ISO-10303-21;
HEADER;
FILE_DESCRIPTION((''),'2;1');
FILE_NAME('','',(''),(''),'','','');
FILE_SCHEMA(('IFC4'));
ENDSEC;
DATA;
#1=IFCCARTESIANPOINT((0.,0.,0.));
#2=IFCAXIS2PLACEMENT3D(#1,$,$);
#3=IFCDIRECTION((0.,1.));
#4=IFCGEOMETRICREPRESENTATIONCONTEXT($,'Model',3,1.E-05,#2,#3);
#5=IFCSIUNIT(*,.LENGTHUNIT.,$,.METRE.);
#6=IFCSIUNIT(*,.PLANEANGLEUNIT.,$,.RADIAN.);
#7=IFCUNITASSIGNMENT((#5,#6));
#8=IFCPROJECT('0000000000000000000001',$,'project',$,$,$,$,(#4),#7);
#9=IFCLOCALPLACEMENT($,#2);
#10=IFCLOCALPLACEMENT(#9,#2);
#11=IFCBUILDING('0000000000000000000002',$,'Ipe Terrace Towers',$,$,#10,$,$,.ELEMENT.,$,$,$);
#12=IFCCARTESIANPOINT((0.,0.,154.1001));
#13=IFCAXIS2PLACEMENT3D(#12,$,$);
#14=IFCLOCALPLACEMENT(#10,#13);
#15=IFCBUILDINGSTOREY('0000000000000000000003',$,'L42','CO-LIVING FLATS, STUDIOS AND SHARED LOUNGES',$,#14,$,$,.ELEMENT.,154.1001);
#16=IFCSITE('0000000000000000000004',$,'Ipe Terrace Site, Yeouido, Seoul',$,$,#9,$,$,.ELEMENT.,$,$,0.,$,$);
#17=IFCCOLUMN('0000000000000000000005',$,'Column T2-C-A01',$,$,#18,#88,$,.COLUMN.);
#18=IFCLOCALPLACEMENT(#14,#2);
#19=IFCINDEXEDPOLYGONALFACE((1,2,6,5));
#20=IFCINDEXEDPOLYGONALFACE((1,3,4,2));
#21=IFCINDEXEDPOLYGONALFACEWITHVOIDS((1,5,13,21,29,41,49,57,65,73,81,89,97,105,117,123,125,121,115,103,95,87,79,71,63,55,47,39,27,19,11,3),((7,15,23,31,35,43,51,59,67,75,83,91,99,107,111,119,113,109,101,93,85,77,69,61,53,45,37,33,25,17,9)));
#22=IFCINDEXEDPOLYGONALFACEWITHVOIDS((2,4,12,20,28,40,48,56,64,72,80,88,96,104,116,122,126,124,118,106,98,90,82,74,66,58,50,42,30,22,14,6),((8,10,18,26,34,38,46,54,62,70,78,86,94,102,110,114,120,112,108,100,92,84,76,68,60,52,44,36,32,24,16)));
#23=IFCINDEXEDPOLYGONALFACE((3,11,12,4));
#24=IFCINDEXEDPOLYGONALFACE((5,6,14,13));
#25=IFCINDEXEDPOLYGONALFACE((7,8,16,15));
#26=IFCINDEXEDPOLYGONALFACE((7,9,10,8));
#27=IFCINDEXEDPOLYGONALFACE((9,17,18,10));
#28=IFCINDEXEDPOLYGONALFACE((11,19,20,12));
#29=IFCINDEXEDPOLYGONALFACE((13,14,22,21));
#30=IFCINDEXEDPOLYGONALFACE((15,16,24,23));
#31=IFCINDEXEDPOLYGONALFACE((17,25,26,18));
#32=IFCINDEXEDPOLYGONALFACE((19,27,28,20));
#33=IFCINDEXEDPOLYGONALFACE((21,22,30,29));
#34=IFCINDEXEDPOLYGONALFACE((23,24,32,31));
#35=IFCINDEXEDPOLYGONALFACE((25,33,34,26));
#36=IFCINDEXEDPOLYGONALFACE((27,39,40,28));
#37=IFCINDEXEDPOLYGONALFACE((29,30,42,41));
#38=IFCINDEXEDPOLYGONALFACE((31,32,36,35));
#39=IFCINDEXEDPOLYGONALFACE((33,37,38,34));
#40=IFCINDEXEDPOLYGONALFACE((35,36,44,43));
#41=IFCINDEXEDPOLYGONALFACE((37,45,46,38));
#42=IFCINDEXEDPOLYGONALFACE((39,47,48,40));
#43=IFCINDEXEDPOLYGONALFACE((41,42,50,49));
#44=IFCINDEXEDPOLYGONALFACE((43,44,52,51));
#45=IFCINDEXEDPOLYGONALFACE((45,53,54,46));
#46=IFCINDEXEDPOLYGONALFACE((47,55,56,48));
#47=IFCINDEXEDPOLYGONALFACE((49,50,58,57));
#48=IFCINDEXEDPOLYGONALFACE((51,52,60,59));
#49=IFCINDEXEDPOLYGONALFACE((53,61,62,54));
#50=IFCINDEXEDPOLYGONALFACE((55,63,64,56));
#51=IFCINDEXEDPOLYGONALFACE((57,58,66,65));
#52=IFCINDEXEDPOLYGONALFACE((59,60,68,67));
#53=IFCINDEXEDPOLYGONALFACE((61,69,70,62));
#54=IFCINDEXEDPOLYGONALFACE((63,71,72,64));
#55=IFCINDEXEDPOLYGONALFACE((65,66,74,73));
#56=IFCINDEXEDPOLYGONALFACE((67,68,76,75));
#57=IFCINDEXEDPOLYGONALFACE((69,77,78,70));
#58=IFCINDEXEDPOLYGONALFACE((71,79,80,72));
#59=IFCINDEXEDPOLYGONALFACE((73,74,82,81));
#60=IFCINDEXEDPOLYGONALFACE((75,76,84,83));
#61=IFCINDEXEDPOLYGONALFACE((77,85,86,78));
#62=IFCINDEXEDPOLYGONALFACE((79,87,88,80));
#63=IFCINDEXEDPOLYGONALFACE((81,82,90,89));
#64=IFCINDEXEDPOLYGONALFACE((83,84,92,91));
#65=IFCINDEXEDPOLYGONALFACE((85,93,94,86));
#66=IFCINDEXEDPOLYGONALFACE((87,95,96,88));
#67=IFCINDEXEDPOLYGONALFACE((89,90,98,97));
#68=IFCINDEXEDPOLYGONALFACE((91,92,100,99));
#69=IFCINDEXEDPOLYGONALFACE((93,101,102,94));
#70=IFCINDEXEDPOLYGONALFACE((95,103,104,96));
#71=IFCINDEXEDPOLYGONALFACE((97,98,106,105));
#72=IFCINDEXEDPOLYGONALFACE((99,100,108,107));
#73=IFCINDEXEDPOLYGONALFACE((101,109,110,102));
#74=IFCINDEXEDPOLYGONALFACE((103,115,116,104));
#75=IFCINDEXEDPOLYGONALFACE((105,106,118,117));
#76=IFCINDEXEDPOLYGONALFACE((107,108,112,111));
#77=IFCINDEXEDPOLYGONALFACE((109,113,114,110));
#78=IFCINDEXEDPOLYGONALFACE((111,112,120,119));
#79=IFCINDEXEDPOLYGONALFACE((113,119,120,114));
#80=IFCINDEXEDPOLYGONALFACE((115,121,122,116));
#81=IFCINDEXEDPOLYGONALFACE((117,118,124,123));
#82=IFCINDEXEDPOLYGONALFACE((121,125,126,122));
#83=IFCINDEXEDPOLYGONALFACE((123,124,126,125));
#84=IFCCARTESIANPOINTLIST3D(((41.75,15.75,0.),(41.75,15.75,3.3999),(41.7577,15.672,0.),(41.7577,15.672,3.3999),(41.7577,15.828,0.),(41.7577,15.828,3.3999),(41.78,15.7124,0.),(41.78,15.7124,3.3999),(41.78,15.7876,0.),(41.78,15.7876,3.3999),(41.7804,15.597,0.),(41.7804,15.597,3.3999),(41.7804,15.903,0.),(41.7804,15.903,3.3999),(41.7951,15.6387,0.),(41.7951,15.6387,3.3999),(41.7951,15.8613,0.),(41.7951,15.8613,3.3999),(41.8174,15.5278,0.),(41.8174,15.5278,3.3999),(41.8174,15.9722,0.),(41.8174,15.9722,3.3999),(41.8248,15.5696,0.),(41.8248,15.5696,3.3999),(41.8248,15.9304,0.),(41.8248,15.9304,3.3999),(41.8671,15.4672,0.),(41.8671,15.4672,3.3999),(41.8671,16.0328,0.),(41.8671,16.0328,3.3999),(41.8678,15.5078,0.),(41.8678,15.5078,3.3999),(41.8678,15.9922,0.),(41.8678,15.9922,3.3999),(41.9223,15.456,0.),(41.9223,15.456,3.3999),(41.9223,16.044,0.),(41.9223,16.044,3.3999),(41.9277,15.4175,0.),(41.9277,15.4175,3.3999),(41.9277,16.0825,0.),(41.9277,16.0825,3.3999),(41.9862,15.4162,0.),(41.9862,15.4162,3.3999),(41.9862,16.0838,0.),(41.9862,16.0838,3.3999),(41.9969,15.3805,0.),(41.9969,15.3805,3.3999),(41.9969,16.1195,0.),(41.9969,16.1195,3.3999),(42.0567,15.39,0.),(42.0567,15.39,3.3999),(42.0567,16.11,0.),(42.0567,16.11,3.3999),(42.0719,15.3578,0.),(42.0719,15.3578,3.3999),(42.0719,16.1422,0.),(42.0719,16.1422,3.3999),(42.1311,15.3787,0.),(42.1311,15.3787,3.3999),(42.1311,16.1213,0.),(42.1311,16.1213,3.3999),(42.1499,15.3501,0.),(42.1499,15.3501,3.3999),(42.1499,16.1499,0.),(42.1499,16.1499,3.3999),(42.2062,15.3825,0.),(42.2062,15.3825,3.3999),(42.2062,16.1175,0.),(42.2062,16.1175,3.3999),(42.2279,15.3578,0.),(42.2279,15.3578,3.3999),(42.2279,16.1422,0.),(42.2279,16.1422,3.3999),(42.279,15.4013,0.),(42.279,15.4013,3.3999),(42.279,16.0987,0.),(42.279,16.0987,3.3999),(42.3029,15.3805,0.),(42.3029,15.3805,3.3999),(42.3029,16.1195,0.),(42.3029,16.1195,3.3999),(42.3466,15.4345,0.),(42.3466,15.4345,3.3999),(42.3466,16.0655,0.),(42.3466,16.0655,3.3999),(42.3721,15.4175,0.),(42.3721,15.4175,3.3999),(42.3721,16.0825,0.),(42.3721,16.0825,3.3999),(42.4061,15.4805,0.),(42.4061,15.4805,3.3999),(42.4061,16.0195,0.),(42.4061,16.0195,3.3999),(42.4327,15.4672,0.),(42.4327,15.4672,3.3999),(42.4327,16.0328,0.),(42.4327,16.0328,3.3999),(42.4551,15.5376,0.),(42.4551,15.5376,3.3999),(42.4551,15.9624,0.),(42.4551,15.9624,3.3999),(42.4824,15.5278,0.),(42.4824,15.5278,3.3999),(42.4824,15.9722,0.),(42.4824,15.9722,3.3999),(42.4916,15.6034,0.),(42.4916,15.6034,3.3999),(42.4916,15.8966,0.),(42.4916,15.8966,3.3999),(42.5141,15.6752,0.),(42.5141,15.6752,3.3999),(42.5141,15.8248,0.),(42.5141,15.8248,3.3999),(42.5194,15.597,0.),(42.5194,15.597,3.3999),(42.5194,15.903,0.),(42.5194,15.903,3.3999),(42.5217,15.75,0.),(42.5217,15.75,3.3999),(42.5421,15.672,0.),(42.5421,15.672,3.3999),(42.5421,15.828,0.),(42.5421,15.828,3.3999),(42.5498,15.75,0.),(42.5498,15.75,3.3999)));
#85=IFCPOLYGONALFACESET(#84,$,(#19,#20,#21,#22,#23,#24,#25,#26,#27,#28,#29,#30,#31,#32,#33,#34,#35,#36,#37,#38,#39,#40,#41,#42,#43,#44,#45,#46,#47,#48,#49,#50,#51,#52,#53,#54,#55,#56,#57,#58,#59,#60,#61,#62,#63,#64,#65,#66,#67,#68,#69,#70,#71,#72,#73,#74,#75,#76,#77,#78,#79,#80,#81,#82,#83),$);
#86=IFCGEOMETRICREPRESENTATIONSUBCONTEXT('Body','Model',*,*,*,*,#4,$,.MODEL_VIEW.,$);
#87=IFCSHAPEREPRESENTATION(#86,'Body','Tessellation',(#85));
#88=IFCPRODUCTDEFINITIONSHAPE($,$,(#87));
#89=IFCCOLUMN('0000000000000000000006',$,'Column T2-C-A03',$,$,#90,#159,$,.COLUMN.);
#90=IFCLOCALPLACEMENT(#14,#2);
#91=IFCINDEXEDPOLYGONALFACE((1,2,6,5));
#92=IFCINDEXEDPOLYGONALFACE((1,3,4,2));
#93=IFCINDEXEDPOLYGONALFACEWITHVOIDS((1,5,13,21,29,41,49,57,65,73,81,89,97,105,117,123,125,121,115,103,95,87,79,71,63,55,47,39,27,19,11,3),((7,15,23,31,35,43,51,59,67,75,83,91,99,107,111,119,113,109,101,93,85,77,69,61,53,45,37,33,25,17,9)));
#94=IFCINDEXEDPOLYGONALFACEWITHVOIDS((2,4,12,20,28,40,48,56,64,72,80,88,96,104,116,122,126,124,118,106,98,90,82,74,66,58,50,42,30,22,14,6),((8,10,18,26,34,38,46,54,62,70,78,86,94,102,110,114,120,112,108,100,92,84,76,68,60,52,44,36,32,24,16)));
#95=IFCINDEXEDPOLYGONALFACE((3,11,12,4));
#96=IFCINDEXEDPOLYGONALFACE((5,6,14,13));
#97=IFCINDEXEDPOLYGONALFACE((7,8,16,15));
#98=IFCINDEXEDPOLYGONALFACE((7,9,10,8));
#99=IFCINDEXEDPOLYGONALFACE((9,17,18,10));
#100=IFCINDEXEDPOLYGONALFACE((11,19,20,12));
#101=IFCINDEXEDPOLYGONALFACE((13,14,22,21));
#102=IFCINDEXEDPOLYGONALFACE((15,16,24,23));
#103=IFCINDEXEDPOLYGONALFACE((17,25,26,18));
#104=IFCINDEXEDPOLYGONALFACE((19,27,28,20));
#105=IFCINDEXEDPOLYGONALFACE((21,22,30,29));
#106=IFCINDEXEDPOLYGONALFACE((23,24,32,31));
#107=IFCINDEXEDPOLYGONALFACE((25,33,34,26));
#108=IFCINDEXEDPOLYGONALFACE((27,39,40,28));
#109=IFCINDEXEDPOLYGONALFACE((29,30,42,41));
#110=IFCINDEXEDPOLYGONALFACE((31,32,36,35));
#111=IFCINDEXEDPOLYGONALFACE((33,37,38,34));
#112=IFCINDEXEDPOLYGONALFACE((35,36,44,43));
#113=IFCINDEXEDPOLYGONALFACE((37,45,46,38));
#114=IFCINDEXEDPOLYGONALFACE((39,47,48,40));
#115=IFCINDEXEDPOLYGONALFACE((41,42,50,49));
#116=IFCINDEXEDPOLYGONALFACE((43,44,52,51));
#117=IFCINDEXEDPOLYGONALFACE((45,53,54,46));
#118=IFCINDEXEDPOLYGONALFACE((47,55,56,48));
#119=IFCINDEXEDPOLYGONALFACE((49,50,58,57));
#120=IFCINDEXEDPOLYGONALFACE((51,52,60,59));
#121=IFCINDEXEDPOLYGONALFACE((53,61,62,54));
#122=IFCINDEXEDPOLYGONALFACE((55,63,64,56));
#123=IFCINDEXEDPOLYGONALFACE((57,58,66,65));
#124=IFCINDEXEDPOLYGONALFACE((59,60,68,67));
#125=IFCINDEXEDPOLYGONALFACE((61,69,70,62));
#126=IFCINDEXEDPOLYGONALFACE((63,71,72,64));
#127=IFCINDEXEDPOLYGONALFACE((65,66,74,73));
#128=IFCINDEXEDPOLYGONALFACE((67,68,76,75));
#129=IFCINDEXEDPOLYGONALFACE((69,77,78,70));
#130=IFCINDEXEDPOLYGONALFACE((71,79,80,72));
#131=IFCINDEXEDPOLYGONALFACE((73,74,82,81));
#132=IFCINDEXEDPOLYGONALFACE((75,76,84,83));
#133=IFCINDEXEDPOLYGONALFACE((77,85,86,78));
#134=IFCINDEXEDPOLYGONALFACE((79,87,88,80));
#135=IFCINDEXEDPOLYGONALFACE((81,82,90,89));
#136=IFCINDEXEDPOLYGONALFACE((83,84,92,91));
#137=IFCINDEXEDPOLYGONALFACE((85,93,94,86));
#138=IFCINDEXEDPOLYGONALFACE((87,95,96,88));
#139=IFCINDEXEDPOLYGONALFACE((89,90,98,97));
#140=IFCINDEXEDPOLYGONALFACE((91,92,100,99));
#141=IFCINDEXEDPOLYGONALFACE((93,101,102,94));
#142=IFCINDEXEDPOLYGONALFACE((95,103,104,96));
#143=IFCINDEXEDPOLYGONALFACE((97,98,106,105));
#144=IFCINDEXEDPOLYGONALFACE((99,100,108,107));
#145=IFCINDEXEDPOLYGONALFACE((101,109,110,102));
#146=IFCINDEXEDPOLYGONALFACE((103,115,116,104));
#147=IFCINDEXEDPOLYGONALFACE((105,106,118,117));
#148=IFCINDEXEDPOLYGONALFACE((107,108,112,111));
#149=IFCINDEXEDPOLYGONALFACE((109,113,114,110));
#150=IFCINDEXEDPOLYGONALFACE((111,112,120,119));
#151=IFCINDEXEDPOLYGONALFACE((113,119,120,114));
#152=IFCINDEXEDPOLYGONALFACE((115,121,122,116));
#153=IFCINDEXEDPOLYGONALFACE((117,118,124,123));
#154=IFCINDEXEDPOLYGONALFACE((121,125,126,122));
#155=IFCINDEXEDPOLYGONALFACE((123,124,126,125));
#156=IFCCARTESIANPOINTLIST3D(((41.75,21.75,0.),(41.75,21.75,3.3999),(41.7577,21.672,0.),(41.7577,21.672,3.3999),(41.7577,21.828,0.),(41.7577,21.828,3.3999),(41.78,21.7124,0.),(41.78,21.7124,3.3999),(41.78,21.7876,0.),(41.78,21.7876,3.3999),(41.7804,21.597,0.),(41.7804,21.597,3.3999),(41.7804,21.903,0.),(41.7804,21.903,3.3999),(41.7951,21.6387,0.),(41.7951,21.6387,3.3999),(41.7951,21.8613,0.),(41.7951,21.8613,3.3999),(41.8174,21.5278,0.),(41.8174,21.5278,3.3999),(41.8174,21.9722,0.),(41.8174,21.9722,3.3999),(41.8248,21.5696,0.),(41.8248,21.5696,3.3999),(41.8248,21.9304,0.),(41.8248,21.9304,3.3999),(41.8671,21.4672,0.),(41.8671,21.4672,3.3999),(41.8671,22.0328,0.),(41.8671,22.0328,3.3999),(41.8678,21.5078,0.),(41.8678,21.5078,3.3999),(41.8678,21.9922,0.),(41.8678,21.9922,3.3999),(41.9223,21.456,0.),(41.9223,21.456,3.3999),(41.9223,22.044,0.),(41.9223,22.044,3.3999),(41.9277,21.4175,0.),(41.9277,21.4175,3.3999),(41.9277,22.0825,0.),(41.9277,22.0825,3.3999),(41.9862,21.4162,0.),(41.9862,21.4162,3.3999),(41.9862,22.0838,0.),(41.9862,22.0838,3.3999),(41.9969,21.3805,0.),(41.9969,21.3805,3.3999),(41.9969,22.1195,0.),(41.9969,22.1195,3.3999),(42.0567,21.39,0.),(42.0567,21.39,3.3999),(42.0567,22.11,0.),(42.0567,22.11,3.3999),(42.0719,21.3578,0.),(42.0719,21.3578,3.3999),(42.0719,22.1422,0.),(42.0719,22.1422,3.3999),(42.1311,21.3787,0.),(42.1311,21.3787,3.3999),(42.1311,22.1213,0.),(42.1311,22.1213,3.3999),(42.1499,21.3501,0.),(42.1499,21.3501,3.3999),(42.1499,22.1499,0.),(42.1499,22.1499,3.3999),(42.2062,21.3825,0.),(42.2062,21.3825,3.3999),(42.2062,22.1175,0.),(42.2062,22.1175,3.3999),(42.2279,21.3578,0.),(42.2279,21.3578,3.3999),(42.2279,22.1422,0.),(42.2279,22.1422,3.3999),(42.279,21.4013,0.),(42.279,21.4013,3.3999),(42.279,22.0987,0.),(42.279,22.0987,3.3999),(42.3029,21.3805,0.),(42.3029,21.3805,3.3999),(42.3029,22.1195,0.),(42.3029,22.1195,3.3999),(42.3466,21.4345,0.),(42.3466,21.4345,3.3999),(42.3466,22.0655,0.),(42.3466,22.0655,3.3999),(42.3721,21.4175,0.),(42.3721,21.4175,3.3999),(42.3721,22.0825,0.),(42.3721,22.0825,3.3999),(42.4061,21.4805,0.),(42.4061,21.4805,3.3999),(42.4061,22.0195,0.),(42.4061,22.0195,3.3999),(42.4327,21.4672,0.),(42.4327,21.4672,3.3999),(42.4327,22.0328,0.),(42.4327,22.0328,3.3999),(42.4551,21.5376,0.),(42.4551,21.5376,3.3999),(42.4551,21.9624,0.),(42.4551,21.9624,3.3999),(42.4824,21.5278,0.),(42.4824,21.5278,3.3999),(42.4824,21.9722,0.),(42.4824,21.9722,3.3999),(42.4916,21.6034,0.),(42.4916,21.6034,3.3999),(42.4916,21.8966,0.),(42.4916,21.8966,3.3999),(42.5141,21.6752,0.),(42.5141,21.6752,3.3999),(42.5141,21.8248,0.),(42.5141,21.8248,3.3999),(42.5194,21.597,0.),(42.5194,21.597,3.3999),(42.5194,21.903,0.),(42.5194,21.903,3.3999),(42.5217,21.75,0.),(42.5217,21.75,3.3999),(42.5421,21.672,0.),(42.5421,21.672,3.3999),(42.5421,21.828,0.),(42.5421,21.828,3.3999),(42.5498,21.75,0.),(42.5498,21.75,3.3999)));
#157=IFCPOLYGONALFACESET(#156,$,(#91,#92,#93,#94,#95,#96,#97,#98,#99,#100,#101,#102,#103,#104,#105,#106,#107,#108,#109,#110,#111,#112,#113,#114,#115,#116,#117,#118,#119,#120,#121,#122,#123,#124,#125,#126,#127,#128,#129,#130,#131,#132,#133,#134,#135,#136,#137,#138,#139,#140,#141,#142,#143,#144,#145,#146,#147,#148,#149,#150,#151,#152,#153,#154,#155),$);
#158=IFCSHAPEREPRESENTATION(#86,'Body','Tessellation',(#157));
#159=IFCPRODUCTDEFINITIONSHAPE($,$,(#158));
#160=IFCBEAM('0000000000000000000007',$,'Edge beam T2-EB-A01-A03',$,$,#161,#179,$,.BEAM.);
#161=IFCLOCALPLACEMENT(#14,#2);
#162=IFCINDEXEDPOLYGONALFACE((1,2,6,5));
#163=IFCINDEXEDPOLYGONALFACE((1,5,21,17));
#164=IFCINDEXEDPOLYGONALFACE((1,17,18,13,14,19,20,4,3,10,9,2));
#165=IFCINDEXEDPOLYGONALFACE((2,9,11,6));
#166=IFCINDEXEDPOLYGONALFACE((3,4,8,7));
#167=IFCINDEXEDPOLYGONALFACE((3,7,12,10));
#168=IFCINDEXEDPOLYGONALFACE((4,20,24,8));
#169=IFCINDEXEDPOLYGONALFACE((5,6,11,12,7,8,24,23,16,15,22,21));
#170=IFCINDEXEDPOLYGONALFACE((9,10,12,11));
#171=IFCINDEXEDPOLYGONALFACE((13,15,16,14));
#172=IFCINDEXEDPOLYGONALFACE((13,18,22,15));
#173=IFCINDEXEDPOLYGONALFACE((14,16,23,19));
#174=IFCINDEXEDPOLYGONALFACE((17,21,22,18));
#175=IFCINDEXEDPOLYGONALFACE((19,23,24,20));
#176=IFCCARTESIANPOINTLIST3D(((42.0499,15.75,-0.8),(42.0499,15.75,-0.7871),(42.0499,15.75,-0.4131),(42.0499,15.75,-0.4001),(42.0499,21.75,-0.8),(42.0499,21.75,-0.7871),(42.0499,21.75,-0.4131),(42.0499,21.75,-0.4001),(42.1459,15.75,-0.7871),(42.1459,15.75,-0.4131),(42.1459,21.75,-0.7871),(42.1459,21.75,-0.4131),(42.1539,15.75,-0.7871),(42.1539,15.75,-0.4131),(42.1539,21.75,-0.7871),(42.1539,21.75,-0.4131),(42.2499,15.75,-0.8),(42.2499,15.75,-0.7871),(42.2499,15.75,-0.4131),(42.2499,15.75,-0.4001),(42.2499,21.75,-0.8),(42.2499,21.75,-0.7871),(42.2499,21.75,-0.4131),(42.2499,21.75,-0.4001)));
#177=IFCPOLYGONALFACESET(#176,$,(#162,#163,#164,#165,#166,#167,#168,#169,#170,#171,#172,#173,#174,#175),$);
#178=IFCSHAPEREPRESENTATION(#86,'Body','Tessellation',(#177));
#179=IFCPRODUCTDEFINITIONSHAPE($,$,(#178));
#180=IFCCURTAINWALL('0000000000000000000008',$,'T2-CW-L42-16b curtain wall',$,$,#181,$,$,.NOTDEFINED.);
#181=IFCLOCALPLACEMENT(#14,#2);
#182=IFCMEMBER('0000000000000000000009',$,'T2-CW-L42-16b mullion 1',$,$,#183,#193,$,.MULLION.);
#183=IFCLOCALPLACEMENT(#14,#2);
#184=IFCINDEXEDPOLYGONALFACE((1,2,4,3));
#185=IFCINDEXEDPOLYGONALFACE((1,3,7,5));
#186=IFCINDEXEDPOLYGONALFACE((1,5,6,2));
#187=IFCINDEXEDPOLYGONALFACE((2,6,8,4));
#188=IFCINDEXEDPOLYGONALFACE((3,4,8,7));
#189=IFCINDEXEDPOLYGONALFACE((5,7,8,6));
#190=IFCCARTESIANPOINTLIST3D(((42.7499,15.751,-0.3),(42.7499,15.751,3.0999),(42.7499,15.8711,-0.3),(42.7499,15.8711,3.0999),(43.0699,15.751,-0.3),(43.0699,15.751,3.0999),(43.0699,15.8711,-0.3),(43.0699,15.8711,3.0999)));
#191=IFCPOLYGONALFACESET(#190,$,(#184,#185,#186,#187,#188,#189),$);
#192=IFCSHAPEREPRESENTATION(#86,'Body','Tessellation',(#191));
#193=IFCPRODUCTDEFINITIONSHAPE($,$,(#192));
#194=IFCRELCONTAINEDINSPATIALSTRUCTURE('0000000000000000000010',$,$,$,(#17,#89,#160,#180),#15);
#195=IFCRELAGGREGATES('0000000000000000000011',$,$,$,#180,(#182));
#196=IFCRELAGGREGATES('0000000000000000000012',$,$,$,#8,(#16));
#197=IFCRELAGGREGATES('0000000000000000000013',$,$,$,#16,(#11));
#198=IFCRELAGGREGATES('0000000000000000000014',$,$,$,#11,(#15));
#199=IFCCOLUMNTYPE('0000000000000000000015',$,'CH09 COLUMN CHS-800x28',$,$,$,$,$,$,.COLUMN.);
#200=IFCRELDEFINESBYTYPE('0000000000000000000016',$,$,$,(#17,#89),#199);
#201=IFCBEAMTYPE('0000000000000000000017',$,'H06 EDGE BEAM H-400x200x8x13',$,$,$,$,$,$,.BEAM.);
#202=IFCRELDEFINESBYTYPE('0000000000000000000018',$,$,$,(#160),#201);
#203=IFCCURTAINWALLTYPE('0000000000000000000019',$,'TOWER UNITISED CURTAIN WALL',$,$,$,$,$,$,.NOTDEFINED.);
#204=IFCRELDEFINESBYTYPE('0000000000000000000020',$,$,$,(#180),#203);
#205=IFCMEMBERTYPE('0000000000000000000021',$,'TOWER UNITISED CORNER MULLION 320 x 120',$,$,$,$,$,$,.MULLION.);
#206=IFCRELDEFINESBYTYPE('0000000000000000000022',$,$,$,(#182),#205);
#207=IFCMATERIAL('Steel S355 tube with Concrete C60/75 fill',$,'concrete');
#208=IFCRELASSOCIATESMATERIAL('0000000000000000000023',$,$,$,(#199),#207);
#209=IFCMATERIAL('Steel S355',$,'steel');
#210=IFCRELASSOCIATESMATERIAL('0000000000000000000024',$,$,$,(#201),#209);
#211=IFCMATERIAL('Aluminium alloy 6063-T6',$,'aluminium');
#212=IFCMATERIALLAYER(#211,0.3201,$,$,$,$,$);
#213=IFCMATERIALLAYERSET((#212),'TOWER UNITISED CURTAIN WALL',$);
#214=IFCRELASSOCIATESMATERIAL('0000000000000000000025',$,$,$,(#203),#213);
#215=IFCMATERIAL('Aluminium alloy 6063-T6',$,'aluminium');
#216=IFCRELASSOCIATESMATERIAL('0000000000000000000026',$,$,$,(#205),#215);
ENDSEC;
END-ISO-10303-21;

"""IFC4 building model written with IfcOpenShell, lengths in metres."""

from ifc_helpers import new_model, si_unit, direction, frame, origin, origin_2d, place, context, subcontext, project, spatial, rectangle, hollow_circle, i_section, extrude, material, layer, layer_set, material_profile, profile_set, type_object, element, aggregate, save


model = new_model("IFC4")

# Units and contexts
model_context = context("Model", 3, precision=1e-05, world=origin(), true_north=direction((0.0, 1.0)))
body_context = subcontext(model_context, "Body", "Model", "MODEL_VIEW")
ifc_project = project(units=[si_unit("LENGTHUNIT", "METRE"), si_unit("PLANEANGLEUNIT", "RADIAN")], contexts=[model_context])

# Site, building, storey
site_placement = place(None, origin())
site = spatial("IfcSite", under=ifc_project, at=site_placement, Name="Ipe Terrace Site, Yeouido, Seoul", CompositionType="ELEMENT", RefElevation=0.0)
building_placement = place(site_placement, origin())
building = spatial("IfcBuilding", under=site, at=building_placement, Name="Ipe Terrace Towers", CompositionType="ELEMENT")
storey_placement = place(building_placement, frame((0.0, 0.0, 154.1001)))
storey = spatial("IfcBuildingStorey", under=building, at=storey_placement, Name="L42", Description="CO-LIVING FLATS, STUDIOS AND SHARED LOUNGES", CompositionType="ELEMENT", Elevation=154.1001)

# Columns
ifc_material_1 = material(Name="Steel S355 tube with Concrete C60/75 fill", Category="concrete")
ifc_material_profile_1 = material_profile(ifc_material_1, hollow_circle(Radius=0.3999, WallThickness=0.0281, at=origin_2d()), Name="CHS-800x28")
ifc_profile_set_1 = profile_set([ifc_material_profile_1], Name="Steel S355 tube with Concrete C60/75 fill")
column_type = type_object("IfcColumnType", Name="CH09 COLUMN CHS-800x28", PredefinedType="COLUMN", material=ifc_profile_set_1)
for number, where, z_axis, x_axis, name in (
    (1, (42.1499, 15.75, 0.0), (0.0, 0.0, 1.0), (1.0, 0.0, 0.0), "Column T2-C-A01"),
    (2, (42.1499, 21.75, 0.0), (0.0, 0.0, 1.0), (1.0, 0.0, 0.0), "Column T2-C-A03"),
):
    element("IfcColumn", number, at=place(storey_placement, frame(where, z_axis=z_axis, x_axis=x_axis)), inside=storey, type_object=column_type, Name=name, PredefinedType="COLUMN", context=body_context, shape_type="SweptSolid", body=[
        extrude(hollow_circle(Radius=0.3999, WallThickness=0.0281, at=origin_2d()), origin(), (0.0, 0.0, 1.0), 3.3999),
    ])

# Beam
ifc_material_2 = material(Name="Steel S355", Category="steel")
ifc_material_profile_2 = material_profile(ifc_material_2, i_section(OverallWidth=0.2, OverallDepth=0.3999, WebThickness=0.0081, FlangeThickness=0.0129, at=origin_2d()), Name="H-400x200x8x13")
ifc_profile_set_2 = profile_set([ifc_material_profile_2], Name="Steel S355")
beam_type = type_object("IfcBeamType", Name="H06 EDGE BEAM H-400x200x8x13", PredefinedType="BEAM", material=ifc_profile_set_2)
beam_placement = place(storey_placement, frame((42.1499, 15.75, -0.6001), z_axis=(0.0, 1.0, 0.0), x_axis=(-1.0, 0.0, 0.0)))
element("IfcBeam", 3, at=beam_placement, inside=storey, type_object=beam_type, Name="Edge beam T2-EB-A01-A03", PredefinedType="BEAM", context=body_context, shape_type="SweptSolid", body=[
    extrude(i_section(OverallWidth=0.2, OverallDepth=0.3999, WebThickness=0.0081, FlangeThickness=0.0129, at=origin_2d()), origin(), (0.0, 0.0, 1.0), 6.0),
])

# Curtain wall, member
ifc_material_3 = material(Name="Aluminium alloy 6063-T6", Category="aluminium")
ifc_layer_1 = layer(ifc_material_3, 0.3201)
ifc_layer_set_1 = layer_set([ifc_layer_1], Name="TOWER UNITISED CURTAIN WALL")
curtain_wall_type = type_object("IfcCurtainWallType", Name="TOWER UNITISED CURTAIN WALL", PredefinedType="NOTDEFINED", material=ifc_layer_set_1)
curtain_wall_1_placement = place(storey_placement, origin())
curtain_wall_1 = element("IfcCurtainWall", 4, at=curtain_wall_1_placement, inside=storey, type_object=curtain_wall_type, Name="T2-CW-L42-16b curtain wall", PredefinedType="NOTDEFINED")
ifc_material_4 = material(Name="Aluminium alloy 6063-T6", Category="aluminium")
ifc_material_profile_3 = material_profile(ifc_material_4, rectangle(XDim=0.3201, YDim=0.1201, at=origin_2d()), Name="TOWER UNITISED CORNER MULLION 320 x 120")
ifc_profile_set_3 = profile_set([ifc_material_profile_3], Name="Aluminium alloy 6063-T6")
member_type_1 = type_object("IfcMemberType", Name="TOWER UNITISED CORNER MULLION 320 x 120", PredefinedType="MULLION", material=ifc_profile_set_3)
member_1_placement = place(storey_placement, frame((42.9099, 15.811, -0.3), z_axis=(0.0, 0.0, 1.0), x_axis=(1.0, 0.0, 0.0)))
member_1 = element("IfcMember", 5, at=member_1_placement, type_object=member_type_1, Name="T2-CW-L42-16b mullion 1", PredefinedType="MULLION", context=body_context, shape_type="SweptSolid", body=[
    extrude(rectangle(XDim=0.3201, YDim=0.1201, at=origin_2d()), origin(), (0.0, 0.0, 1.0), 3.3999),
])

aggregate(curtain_wall_1, [member_1])

save(model, "model.ifc")
